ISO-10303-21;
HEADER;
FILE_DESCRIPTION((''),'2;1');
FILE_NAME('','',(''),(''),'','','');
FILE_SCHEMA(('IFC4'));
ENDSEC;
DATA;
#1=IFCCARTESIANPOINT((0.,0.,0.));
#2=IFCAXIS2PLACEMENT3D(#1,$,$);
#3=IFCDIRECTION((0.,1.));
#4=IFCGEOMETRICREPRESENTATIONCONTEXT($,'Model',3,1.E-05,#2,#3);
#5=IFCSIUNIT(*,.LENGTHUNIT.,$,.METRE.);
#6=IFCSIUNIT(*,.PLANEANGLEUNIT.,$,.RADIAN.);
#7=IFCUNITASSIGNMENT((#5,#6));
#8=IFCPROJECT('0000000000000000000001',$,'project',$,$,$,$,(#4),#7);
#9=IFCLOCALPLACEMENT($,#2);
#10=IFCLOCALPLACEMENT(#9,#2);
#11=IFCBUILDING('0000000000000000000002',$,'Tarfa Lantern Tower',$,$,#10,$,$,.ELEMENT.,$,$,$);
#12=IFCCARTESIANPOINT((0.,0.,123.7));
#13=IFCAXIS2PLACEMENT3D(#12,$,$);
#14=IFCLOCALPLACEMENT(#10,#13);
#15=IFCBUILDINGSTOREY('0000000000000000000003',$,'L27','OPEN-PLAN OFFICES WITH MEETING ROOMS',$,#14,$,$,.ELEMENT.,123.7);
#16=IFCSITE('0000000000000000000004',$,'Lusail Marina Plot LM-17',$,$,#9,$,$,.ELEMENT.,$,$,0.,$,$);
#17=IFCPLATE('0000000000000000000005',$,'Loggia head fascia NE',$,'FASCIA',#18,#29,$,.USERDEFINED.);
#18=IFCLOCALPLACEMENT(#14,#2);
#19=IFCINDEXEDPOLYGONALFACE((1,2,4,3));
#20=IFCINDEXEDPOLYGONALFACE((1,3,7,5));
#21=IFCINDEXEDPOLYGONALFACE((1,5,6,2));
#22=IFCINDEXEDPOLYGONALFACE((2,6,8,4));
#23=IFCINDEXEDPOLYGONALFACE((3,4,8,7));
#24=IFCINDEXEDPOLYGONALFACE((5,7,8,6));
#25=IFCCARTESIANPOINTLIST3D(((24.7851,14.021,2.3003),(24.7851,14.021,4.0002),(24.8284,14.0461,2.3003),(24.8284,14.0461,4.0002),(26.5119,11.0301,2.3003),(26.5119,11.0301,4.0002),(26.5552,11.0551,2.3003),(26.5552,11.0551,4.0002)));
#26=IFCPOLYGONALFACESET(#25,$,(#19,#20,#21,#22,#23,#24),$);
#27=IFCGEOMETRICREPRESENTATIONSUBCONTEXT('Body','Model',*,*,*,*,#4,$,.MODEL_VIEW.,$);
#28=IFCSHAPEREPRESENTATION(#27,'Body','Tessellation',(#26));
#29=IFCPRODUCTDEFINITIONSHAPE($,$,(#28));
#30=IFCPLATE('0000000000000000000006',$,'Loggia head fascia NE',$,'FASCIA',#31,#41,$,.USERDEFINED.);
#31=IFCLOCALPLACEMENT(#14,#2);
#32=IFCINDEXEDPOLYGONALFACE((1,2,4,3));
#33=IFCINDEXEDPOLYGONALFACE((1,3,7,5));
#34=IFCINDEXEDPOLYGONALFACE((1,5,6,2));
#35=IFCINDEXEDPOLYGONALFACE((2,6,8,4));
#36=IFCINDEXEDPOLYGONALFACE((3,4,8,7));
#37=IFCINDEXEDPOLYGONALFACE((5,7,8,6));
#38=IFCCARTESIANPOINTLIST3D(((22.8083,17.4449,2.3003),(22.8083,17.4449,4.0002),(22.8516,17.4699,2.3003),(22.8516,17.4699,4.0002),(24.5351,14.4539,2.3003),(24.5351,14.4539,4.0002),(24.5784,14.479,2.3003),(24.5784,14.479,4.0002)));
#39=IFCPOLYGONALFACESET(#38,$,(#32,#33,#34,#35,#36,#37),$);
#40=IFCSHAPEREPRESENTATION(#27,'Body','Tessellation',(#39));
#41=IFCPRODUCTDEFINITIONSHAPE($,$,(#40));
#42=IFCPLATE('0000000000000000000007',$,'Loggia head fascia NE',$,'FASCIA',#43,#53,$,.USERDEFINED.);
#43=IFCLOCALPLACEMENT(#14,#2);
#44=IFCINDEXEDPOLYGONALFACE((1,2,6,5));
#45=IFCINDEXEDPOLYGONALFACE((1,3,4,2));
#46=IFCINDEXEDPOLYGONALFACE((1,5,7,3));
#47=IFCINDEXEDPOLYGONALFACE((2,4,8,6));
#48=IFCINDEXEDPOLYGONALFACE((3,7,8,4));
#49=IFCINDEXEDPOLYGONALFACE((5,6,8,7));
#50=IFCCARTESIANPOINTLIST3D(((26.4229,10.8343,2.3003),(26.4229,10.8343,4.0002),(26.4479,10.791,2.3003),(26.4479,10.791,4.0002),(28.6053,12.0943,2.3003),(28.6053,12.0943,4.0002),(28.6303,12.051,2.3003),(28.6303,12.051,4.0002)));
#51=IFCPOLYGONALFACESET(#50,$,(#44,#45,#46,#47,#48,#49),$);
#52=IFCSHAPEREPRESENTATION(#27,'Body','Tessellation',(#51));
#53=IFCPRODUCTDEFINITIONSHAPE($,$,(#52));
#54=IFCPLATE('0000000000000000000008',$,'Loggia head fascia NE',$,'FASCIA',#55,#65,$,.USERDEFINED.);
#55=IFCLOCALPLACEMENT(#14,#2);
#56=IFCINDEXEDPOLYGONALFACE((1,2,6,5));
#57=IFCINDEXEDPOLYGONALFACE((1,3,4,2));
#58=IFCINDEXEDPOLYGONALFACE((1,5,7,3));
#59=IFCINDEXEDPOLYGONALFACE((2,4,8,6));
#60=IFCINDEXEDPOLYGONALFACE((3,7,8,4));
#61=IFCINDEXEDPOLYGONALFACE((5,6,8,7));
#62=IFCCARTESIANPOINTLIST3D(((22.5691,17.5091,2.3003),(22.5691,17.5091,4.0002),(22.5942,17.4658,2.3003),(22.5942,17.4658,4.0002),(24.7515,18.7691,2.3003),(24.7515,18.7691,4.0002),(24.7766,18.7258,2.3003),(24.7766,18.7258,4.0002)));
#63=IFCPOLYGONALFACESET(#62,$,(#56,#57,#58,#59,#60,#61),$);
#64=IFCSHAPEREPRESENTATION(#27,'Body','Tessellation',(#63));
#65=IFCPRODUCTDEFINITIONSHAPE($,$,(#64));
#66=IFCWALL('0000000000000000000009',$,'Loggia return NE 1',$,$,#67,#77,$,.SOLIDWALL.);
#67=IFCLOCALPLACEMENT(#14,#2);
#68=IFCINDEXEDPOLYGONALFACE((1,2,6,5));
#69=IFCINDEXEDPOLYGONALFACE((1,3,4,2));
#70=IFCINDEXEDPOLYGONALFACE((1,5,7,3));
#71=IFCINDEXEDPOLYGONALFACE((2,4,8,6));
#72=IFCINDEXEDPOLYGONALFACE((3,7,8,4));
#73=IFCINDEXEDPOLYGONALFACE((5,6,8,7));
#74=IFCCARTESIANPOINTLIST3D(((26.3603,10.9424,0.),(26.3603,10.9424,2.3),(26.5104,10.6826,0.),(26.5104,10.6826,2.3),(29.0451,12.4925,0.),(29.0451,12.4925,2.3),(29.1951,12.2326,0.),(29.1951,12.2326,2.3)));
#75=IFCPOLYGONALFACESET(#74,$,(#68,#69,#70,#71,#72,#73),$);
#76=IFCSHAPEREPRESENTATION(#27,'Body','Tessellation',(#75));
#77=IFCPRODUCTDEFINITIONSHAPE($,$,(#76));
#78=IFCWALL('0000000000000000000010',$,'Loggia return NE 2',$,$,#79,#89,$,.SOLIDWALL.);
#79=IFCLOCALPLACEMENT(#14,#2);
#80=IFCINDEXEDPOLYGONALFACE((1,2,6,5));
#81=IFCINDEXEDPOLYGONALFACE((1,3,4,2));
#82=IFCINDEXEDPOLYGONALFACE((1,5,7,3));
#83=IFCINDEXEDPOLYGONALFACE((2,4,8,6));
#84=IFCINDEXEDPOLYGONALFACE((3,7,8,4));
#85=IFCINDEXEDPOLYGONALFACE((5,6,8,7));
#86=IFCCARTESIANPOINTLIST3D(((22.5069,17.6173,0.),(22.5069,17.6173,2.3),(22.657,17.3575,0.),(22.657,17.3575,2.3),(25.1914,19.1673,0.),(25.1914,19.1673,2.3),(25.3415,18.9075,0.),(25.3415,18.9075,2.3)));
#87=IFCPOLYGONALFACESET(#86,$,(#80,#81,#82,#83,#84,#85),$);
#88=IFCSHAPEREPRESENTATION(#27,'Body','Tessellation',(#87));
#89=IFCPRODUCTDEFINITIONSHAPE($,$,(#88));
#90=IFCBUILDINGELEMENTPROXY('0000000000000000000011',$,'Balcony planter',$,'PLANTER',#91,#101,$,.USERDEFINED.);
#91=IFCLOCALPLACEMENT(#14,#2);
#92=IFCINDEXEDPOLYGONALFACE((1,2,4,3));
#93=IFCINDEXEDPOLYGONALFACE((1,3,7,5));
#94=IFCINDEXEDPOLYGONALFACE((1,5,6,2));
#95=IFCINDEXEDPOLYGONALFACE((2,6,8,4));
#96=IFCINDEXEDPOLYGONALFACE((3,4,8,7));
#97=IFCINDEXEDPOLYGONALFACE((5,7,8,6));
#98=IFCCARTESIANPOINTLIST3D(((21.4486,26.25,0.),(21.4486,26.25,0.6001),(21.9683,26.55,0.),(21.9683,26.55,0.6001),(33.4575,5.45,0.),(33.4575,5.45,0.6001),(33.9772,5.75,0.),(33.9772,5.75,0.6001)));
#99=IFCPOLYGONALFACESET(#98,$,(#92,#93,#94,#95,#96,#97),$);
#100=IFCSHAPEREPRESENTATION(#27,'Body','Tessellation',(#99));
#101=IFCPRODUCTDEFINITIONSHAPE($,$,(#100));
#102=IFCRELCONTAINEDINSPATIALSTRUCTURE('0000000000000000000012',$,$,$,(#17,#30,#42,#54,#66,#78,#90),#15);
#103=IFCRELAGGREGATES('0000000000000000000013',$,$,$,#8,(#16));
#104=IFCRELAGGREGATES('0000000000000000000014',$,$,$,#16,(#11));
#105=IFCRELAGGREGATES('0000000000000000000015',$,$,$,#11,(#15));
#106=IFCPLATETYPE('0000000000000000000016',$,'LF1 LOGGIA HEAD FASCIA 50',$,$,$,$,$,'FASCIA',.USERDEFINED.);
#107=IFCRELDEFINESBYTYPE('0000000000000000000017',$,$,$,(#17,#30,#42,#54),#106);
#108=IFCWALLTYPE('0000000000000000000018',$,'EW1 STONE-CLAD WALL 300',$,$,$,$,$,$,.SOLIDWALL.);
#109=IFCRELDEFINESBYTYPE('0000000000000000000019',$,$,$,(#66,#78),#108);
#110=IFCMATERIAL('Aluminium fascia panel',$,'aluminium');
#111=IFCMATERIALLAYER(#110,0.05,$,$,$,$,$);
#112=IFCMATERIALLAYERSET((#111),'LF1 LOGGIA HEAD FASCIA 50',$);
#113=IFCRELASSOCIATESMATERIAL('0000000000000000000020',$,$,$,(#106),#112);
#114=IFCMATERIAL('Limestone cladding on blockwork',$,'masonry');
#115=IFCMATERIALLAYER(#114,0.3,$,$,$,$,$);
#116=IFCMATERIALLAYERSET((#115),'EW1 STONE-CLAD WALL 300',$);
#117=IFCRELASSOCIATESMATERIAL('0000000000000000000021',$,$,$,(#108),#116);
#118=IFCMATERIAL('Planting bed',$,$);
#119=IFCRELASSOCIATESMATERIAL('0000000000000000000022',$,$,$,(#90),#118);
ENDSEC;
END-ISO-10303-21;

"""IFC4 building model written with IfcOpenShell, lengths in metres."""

from ifc_helpers import new_model, si_unit, direction, frame, frame_2d, origin, origin_2d, place, context, subcontext, project, spatial, rectangle, extrude, material, layer, layer_set, type_object, element, save


model = new_model("IFC4")

# Units and contexts
model_context = context("Model", 3, precision=1e-05, world=origin(), true_north=direction((0.0, 1.0)))
body_context = subcontext(model_context, "Body", "Model", "MODEL_VIEW")
ifc_project = project(units=[si_unit("LENGTHUNIT", "METRE"), si_unit("PLANEANGLEUNIT", "RADIAN")], contexts=[model_context])

# Site, building, storey
site_placement = place(None, origin())
site = spatial("IfcSite", under=ifc_project, at=site_placement, Name="Lusail Marina Plot LM-17", CompositionType="ELEMENT", RefElevation=0.0)
building_placement = place(site_placement, origin())
building = spatial("IfcBuilding", under=site, at=building_placement, Name="Tarfa Lantern Tower", CompositionType="ELEMENT")
storey_placement = place(building_placement, frame((0.0, 0.0, 123.7)))
storey = spatial("IfcBuildingStorey", under=building, at=storey_placement, Name="L27", Description="OPEN-PLAN OFFICES WITH MEETING ROOMS", CompositionType="ELEMENT", Elevation=123.7)

# Plates
ifc_material_1 = material(Name="Aluminium fascia panel", Category="aluminium")
ifc_layer_1 = layer(ifc_material_1, 0.05)
ifc_layer_set_1 = layer_set([ifc_layer_1], Name="LF1 LOGGIA HEAD FASCIA 50")
plate_type_1 = type_object("IfcPlateType", Name="LF1 LOGGIA HEAD FASCIA 50", ElementType="FASCIA", PredefinedType="USERDEFINED", material=ifc_layer_set_1)
for number, where, z_axis, x_axis, name in (
    (1, (25.6702, 12.5381, 2.3003), (0.0, 0.0, 1.0), (-0.5, 0.866025, 0.0), "Loggia head fascia NE"),
    (2, (23.6934, 15.9619, 2.3003), (0.0, 0.0, 1.0), (-0.5, 0.866025, 0.0), "Loggia head fascia NE"),
):
    element("IfcPlate", number, at=place(storey_placement, frame(where, z_axis=z_axis, x_axis=x_axis)), inside=storey, type_object=plate_type_1, Name=name, ObjectType="FASCIA", PredefinedType="USERDEFINED", context=body_context, shape_type="SweptSolid", body=[
        extrude(rectangle(XDim=3.4536, YDim=0.05, at=origin_2d()), origin(), (0.0, 0.0, 1.0), 1.7),
    ])
for number, where, z_axis, x_axis, name in (
    (3, (27.5266, 11.4426, 2.3003), (0.0, 0.0, 1.0), (-0.866025, -0.5, 0.0), "Loggia head fascia NE"),
    (4, (23.6729, 18.1174, 2.3003), (0.0, 0.0, 1.0), (-0.866025, -0.5, 0.0), "Loggia head fascia NE"),
):
    element("IfcPlate", number, at=place(storey_placement, frame(where, z_axis=z_axis, x_axis=x_axis)), inside=storey, type_object=plate_type_1, Name=name, ObjectType="FASCIA", PredefinedType="USERDEFINED", context=body_context, shape_type="SweptSolid", body=[
        extrude(rectangle(XDim=2.52, YDim=0.05, at=origin_2d()), origin(), (0.0, 0.0, 1.0), 1.7),
    ])

# Walls
ifc_material_2 = material(Name="Limestone cladding on blockwork", Category="masonry")
ifc_layer_2 = layer(ifc_material_2, 0.3)
ifc_layer_set_2 = layer_set([ifc_layer_2], Name="EW1 STONE-CLAD WALL 300")
wall_type = type_object("IfcWallType", Name="EW1 STONE-CLAD WALL 300", PredefinedType="SOLIDWALL", material=ifc_layer_set_2)
wall_1_placement = place(storey_placement, frame((29.1201, 12.3625, 0.0), z_axis=(0.0, 0.0, 1.0), x_axis=(-0.86603, -0.499993, 0.0)))
element("IfcWall", 5, at=wall_1_placement, inside=storey, type_object=wall_type, Name="Loggia return NE 1", PredefinedType="SOLIDWALL", context=body_context, shape_type="SweptSolid", body=[
    extrude(rectangle(XDim=3.1001, YDim=0.3, at=frame_2d((1.55, 0.0))), origin(), (0.0, 0.0, 1.0), 2.3),
])
wall_2_placement = place(storey_placement, frame((25.2664, 19.0374, 0.0), z_axis=(0.0, 0.0, 1.0), x_axis=(-0.86601, -0.500027, 0.0)))
element("IfcWall", 6, at=wall_2_placement, inside=storey, type_object=wall_type, Name="Loggia return NE 2", PredefinedType="SOLIDWALL", context=body_context, shape_type="SweptSolid", body=[
    extrude(rectangle(XDim=3.0999, YDim=0.3, at=frame_2d((1.5498, 0.0))), origin(), (0.0, 0.0, 1.0), 2.3),
])

# Building element proxy
ifc_material_3 = material(Name="Planting bed")
proxy_placement = place(storey_placement, frame((27.7129, 16.0, 0.0), z_axis=(0.0, 0.0, 1.0), x_axis=(-0.5, 0.866025, 0.0)))
element("IfcBuildingElementProxy", 7, at=proxy_placement, inside=storey, material=ifc_material_3, Name="Balcony planter", ObjectType="PLANTER", PredefinedType="USERDEFINED", context=body_context, shape_type="SweptSolid", body=[
    extrude(rectangle(XDim=24.0178, YDim=0.6001, at=origin_2d()), origin(), (0.0, 0.0, 1.0), 0.6001),
])

save(model, "model.ifc")
